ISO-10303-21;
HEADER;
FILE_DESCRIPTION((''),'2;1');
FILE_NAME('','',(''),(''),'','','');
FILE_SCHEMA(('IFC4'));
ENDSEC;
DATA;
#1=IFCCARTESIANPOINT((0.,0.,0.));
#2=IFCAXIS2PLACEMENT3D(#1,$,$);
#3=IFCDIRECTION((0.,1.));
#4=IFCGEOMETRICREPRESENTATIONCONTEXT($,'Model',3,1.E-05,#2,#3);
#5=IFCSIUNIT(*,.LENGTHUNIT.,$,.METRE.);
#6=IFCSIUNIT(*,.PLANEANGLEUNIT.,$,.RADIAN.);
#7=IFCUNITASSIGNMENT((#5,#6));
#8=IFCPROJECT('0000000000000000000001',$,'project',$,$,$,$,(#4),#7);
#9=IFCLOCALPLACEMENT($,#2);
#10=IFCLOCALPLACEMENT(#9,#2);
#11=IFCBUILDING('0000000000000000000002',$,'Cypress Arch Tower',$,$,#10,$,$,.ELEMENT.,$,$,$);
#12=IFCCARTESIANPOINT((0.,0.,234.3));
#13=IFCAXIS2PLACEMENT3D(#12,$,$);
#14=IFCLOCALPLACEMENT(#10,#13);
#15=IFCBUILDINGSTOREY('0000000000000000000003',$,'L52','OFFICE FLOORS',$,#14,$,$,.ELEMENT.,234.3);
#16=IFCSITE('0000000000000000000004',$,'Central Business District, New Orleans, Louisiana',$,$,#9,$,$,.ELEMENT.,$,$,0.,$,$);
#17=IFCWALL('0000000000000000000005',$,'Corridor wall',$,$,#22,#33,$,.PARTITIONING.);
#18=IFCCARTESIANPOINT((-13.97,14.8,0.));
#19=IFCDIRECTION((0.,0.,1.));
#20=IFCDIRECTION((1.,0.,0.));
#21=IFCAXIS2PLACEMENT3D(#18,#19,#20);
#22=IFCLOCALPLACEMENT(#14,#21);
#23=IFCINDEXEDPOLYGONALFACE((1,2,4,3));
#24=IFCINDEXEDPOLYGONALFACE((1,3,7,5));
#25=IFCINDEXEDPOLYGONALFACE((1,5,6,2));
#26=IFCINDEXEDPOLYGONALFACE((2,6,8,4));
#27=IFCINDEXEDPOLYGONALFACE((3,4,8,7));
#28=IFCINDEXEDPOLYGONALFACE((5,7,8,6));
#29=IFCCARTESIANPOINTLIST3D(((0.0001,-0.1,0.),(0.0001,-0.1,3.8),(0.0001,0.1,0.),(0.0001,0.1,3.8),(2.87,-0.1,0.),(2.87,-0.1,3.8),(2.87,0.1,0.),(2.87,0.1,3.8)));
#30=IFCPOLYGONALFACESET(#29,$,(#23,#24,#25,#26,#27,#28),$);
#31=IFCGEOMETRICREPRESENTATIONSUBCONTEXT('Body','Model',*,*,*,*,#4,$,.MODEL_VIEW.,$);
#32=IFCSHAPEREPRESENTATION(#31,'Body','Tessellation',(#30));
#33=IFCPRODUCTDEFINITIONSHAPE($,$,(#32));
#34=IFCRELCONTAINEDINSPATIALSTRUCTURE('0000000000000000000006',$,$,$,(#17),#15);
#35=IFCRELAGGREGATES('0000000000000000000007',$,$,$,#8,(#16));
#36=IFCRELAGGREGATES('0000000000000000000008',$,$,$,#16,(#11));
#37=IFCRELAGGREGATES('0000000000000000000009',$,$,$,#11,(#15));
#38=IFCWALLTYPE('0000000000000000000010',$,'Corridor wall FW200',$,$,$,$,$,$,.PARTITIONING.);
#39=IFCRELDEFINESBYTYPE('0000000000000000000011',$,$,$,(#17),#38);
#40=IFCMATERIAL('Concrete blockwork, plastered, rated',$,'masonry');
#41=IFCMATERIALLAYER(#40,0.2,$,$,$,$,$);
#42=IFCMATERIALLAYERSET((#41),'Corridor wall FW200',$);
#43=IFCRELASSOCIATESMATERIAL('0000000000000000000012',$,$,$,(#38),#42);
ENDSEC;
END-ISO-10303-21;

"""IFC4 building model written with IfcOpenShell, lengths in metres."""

from ifc_helpers import new_model, si_unit, direction, frame, frame_2d, origin, place, context, subcontext, project, spatial, rectangle, extrude, material, layer, layer_set, type_object, element, save


model = new_model("IFC4")

# Units and contexts
model_context = context("Model", 3, precision=1e-05, world=origin(), true_north=direction((0.0, 1.0)))
body_context = subcontext(model_context, "Body", "Model", "MODEL_VIEW")
ifc_project = project(units=[si_unit("LENGTHUNIT", "METRE"), si_unit("PLANEANGLEUNIT", "RADIAN")], contexts=[model_context])

# Site, building, storey
site_placement = place(None, origin())
site = spatial("IfcSite", under=ifc_project, at=site_placement, Name="Central Business District, New Orleans, Louisiana", CompositionType="ELEMENT", RefElevation=0.0)
building_placement = place(site_placement, origin())
building = spatial("IfcBuilding", under=site, at=building_placement, Name="Cypress Arch Tower", CompositionType="ELEMENT")
storey_placement = place(building_placement, frame((0.0, 0.0, 234.3)))
storey = spatial("IfcBuildingStorey", under=building, at=storey_placement, Name="L52", Description="OFFICE FLOORS", CompositionType="ELEMENT", Elevation=234.3)

# Wall
ifc_material_1 = material(Name="Concrete blockwork, plastered, rated", Category="masonry")
ifc_layer_1 = layer(ifc_material_1, 0.2)
ifc_layer_set_1 = layer_set([ifc_layer_1], Name="Corridor wall FW200")
wall_type_1 = type_object("IfcWallType", Name="Corridor wall FW200", PredefinedType="PARTITIONING", material=ifc_layer_set_1)
wall_1_placement = place(storey_placement, frame((-13.97, 14.8, 0.0), z_axis=(0.0, 0.0, 1.0), x_axis=(1.0, 0.0, 0.0)))
element("IfcWall", 1, at=wall_1_placement, inside=storey, type_object=wall_type_1, Name="Corridor wall", PredefinedType="PARTITIONING", context=body_context, shape_type="SweptSolid", body=[
    extrude(rectangle(XDim=2.8699, YDim=0.2, at=frame_2d((1.4351, 0.0))), origin(), (0.0, 0.0, 1.0), 3.8),
])

save(model, "model.ifc")
